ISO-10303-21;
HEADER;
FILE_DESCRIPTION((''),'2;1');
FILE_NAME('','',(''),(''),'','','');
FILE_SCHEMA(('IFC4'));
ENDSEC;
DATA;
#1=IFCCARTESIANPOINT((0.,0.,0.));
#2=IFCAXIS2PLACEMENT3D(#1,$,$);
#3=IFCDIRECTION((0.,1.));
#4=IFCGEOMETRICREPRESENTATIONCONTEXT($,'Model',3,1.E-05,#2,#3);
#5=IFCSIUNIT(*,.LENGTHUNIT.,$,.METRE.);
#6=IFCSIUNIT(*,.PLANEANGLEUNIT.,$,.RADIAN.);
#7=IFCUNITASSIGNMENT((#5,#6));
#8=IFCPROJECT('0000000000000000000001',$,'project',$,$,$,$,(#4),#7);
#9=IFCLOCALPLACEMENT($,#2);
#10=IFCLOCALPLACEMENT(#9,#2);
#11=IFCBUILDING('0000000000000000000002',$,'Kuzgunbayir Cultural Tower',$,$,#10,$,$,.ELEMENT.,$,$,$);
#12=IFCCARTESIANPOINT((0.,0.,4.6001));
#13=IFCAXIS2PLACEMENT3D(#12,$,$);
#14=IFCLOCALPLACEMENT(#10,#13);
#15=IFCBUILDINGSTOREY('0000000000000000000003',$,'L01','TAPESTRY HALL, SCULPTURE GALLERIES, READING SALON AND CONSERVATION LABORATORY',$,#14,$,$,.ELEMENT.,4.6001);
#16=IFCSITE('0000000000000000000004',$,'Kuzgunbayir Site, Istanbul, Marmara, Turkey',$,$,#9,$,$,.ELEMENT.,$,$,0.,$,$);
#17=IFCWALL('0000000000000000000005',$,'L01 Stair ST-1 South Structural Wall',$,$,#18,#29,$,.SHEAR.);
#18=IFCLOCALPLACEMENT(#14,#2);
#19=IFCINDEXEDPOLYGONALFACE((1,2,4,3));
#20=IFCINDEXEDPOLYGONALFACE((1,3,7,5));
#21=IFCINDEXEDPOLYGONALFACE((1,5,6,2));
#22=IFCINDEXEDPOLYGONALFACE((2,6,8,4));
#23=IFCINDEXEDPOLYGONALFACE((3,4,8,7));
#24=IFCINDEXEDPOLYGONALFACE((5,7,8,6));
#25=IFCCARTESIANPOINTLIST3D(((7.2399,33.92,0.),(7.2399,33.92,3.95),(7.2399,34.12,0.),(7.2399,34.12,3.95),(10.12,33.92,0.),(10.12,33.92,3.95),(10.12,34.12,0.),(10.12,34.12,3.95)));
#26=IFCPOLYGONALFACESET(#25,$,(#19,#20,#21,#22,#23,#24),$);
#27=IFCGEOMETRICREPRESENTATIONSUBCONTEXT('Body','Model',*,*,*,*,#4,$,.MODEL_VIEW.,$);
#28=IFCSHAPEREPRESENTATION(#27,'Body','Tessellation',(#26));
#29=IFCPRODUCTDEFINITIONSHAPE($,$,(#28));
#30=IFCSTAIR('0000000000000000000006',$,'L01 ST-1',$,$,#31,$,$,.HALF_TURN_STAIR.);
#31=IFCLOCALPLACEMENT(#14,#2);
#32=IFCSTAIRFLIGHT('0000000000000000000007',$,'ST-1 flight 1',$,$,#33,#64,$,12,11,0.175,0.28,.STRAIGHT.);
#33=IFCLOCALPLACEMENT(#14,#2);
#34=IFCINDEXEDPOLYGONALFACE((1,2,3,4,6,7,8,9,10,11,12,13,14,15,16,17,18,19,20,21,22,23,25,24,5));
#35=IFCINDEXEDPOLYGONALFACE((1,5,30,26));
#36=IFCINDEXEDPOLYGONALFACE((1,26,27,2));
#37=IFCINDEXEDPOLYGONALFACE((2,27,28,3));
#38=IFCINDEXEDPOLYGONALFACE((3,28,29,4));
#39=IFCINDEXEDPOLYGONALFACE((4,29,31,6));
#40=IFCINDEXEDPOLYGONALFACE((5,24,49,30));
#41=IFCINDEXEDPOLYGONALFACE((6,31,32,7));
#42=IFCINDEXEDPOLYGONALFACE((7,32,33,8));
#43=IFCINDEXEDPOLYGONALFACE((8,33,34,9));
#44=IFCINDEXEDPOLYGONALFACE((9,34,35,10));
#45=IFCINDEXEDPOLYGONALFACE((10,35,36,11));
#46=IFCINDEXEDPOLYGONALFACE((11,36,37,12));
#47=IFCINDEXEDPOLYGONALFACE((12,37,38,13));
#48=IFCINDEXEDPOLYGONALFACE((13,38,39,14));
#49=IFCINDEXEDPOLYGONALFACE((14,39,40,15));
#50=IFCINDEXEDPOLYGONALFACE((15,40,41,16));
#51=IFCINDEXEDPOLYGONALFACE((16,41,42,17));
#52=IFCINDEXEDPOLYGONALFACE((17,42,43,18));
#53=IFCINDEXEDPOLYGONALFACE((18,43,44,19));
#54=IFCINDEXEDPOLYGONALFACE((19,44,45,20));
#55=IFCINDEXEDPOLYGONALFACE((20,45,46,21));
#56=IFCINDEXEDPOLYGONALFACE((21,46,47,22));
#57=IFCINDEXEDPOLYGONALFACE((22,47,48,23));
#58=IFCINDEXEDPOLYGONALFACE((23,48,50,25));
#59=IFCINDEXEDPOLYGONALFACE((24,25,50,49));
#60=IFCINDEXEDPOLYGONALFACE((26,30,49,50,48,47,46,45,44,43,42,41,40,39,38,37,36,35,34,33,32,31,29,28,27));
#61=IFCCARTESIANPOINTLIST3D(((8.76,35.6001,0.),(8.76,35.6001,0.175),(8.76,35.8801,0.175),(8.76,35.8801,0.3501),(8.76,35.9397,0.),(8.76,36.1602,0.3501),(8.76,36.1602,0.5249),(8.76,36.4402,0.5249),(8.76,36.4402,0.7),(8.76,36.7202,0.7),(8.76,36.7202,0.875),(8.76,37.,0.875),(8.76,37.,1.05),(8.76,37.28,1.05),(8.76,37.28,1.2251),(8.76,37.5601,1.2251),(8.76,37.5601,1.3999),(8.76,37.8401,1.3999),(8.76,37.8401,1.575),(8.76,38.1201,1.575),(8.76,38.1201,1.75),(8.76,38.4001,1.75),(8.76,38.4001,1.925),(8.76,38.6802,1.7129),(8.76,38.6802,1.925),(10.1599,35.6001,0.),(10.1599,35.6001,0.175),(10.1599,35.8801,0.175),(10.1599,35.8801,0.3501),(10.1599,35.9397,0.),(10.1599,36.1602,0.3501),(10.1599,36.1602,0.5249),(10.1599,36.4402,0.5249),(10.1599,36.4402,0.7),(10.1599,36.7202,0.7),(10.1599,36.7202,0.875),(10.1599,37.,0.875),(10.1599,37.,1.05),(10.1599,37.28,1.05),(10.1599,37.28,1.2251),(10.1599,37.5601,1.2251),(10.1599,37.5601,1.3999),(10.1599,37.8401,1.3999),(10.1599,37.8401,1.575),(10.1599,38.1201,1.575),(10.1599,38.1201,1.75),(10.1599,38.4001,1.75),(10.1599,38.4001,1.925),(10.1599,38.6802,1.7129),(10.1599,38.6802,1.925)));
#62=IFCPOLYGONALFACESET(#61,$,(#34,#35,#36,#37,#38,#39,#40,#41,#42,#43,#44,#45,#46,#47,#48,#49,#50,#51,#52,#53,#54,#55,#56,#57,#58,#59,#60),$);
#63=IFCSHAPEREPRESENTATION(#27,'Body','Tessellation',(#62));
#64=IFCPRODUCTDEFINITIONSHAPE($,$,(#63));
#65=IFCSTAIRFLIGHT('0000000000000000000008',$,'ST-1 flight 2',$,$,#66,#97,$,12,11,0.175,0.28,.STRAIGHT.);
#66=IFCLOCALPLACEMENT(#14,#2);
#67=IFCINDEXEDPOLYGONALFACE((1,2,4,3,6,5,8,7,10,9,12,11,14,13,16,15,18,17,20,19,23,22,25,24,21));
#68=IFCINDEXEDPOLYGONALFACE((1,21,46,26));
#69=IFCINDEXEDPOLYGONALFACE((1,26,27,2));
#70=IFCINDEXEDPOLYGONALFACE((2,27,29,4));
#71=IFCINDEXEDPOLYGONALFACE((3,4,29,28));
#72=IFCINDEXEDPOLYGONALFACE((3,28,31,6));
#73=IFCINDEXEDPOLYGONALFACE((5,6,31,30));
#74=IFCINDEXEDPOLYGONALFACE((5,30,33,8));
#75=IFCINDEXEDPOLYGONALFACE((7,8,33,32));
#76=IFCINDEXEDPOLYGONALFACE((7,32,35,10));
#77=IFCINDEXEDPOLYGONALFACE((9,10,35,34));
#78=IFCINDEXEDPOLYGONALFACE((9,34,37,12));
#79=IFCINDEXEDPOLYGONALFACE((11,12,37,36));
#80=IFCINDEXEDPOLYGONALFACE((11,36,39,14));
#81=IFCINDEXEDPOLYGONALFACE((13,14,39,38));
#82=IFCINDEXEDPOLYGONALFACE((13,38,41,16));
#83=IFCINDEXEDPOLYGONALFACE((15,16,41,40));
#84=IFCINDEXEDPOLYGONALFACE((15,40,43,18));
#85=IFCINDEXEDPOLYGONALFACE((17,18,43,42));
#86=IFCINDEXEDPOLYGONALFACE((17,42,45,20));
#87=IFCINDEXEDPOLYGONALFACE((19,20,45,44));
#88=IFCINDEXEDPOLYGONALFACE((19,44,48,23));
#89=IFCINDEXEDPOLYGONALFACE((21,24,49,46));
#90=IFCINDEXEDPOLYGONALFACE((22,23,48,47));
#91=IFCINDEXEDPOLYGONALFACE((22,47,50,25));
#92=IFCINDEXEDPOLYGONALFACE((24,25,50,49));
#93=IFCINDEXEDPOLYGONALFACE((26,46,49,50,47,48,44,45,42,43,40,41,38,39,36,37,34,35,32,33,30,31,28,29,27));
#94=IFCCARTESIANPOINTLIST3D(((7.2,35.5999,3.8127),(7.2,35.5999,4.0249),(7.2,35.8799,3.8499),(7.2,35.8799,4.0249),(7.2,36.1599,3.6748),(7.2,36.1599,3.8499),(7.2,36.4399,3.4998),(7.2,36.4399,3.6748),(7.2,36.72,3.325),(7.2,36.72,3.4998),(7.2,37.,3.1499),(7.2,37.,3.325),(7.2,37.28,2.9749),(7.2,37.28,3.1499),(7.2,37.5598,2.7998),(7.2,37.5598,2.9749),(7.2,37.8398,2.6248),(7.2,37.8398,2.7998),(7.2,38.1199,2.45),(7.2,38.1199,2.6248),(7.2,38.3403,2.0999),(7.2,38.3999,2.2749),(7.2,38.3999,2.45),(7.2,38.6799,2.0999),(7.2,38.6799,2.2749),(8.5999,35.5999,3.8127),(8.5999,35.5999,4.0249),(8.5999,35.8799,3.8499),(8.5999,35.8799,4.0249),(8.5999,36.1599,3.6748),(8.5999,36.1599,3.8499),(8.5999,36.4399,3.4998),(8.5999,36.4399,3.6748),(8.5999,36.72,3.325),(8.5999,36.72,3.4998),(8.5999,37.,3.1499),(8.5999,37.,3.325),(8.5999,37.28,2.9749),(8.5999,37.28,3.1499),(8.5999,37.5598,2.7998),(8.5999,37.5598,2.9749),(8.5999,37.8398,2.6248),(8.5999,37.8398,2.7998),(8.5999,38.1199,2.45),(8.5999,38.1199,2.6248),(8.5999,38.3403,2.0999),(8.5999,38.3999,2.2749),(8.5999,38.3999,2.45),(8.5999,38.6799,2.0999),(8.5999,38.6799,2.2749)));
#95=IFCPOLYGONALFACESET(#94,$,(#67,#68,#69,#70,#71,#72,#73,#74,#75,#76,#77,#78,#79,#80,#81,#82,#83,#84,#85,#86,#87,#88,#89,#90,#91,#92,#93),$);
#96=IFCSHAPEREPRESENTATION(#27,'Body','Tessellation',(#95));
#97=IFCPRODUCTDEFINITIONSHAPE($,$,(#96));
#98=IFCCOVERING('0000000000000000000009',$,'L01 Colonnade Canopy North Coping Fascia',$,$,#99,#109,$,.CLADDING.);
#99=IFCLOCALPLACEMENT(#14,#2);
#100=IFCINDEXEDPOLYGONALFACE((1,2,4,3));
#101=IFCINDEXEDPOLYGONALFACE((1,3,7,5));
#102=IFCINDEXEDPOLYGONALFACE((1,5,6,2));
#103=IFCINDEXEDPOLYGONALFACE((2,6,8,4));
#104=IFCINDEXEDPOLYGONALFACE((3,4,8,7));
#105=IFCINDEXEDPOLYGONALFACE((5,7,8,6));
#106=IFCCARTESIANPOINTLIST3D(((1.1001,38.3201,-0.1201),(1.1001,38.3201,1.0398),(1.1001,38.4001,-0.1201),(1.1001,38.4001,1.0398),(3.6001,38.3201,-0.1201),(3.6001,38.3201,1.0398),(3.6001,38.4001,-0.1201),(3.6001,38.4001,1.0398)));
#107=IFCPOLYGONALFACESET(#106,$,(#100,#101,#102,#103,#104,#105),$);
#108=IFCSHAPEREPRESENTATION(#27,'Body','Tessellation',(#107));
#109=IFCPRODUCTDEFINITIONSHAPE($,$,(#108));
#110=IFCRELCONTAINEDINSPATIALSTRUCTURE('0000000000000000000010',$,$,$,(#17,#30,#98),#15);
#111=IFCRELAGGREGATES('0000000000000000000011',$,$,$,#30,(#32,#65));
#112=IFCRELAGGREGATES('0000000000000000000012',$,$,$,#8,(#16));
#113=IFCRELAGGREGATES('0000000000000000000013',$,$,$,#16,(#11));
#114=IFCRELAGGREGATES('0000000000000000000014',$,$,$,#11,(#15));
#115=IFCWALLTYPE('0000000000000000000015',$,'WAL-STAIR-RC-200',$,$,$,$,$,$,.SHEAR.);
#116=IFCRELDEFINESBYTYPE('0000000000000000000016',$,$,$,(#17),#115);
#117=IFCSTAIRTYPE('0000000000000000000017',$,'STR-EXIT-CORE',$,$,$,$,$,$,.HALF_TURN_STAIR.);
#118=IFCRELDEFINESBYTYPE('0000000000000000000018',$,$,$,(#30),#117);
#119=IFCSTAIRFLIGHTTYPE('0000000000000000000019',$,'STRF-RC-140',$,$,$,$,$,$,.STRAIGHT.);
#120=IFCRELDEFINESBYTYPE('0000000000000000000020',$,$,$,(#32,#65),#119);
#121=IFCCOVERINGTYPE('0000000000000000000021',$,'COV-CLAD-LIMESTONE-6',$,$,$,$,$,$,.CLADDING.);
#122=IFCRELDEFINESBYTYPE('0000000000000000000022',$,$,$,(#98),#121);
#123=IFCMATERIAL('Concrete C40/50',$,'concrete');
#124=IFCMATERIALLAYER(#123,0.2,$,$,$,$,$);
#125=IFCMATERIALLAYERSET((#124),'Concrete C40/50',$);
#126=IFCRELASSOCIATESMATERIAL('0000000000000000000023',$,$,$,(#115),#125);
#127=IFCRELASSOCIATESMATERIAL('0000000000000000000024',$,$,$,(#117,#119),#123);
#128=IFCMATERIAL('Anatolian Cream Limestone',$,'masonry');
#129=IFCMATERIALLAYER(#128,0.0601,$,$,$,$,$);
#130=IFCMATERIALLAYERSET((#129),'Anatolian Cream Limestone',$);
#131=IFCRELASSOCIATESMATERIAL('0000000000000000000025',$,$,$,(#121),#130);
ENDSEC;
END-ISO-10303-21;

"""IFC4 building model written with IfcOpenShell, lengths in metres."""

from ifc_helpers import new_model, si_unit, direction, frame, frame_2d, origin, origin_2d, place, context, subcontext, project, spatial, polyline, rectangle, outline, extrude, material, layer, layer_set, type_object, element, aggregate, save


model = new_model("IFC4")

# Units and contexts
model_context = context("Model", 3, precision=1e-05, world=origin(), true_north=direction((0.0, 1.0)))
body_context = subcontext(model_context, "Body", "Model", "MODEL_VIEW")
ifc_project = project(units=[si_unit("LENGTHUNIT", "METRE"), si_unit("PLANEANGLEUNIT", "RADIAN")], contexts=[model_context])

# Site, building, storey
site_placement = place(None, origin())
site = spatial("IfcSite", under=ifc_project, at=site_placement, Name="Kuzgunbayir Site, Istanbul, Marmara, Turkey", CompositionType="ELEMENT", RefElevation=0.0)
building_placement = place(site_placement, origin())
building = spatial("IfcBuilding", under=site, at=building_placement, Name="Kuzgunbayir Cultural Tower", CompositionType="ELEMENT")
storey_placement = place(building_placement, frame((0.0, 0.0, 4.6001)))
storey = spatial("IfcBuildingStorey", under=building, at=storey_placement, Name="L01", Description="TAPESTRY HALL, SCULPTURE GALLERIES, READING SALON AND CONSERVATION LABORATORY", CompositionType="ELEMENT", Elevation=4.6001)

# Shared definitions
ifc_material_1 = material(Name="Anatolian Cream Limestone", Category="masonry")

# Shared definitions
ifc_material_2 = material(Name="Concrete C40/50", Category="concrete")

# Shared definitions
ifc_layer_1 = layer(ifc_material_2, 0.2)
ifc_layer_set_1 = layer_set([ifc_layer_1], Name="Concrete C40/50")
wall_type_1 = type_object("IfcWallType", Name="WAL-STAIR-RC-200", PredefinedType="SHEAR", material=ifc_layer_set_1)

# Wall
wall_1_placement = place(storey_placement, frame((7.24, 34.02, 0.0), z_axis=(0.0, 0.0, 1.0), x_axis=(1.0, 0.0, 0.0)))
element("IfcWall", 1, at=wall_1_placement, inside=storey, type_object=wall_type_1, Name="L01 Stair ST-1 South Structural Wall", PredefinedType="SHEAR", context=body_context, shape_type="SweptSolid", body=[
    extrude(rectangle(XDim=2.8801, YDim=0.2, at=frame_2d((1.4399, 0.0))), origin(), (0.0, 0.0, 1.0), 3.95),
])

# Stair, stair flights
stair_type = type_object("IfcStairType", Name="STR-EXIT-CORE", PredefinedType="HALF_TURN_STAIR", material=ifc_material_2)
stair_placement = place(storey_placement, origin())
stair = element("IfcStair", 2, at=stair_placement, inside=storey, type_object=stair_type, Name="L01 ST-1", PredefinedType="HALF_TURN_STAIR")
stair_flight_type = type_object("IfcStairFlightType", Name="STRF-RC-140", PredefinedType="STRAIGHT", material=ifc_material_2)
stair_flight_1_placement = place(storey_placement, frame((9.46, 35.6001, 0.0), z_axis=(0.0, 0.0, 1.0), x_axis=(0.0, 1.0, 0.0)))
stair_flight_1 = element("IfcStairFlight", 3, at=stair_flight_1_placement, type_object=stair_flight_type, Name="ST-1 flight 1", NumberOfRisers=12, NumberOfTreads=11, PredefinedType="STRAIGHT", RiserHeight=0.175, TreadLength=0.28, context=body_context, shape_type="SweptSolid", body=[
    extrude(outline(polyline([(0.0, 0.0), (0.0, 0.175), (0.28, 0.175), (0.28, 0.3501), (0.5601, 0.3501), (0.5601, 0.5249), (0.8401, 0.5249), (0.8401, 0.7), (1.1201, 0.7), (1.1201, 0.875), (1.3999, 0.875), (1.3999, 1.05), (1.6799, 1.05), (1.6799, 1.2251), (1.96, 1.2251), (1.96, 1.3999), (2.24, 1.3999), (2.24, 1.575), (2.52, 1.575), (2.52, 1.75), (2.8, 1.75), (2.8, 1.925), (3.0801, 1.925), (3.0801, 2.1001), (3.0801, 1.7129), (0.3396, 0.0), (0.0, 0.0)])), frame((0.0, 0.7, 0.0), z_axis=(0.0, -1.0, 0.0), x_axis=(1.0, 0.0, 0.0)), (0.0, 0.0, 1.0), 1.3999),
])
stair_flight_2_placement = place(storey_placement, frame((7.8999, 38.6799, 2.0999), z_axis=(0.0, 0.0, 1.0), x_axis=(0.0, -1.0, 0.0)))
stair_flight_2 = element("IfcStairFlight", 4, at=stair_flight_2_placement, type_object=stair_flight_type, Name="ST-1 flight 2", NumberOfRisers=12, NumberOfTreads=11, PredefinedType="STRAIGHT", RiserHeight=0.175, TreadLength=0.28, context=body_context, shape_type="SweptSolid", body=[
    extrude(outline(polyline([(0.0, 0.0), (0.0, 0.175), (0.28, 0.175), (0.28, 0.3501), (0.5601, 0.3501), (0.5601, 0.5249), (0.8401, 0.5249), (0.8401, 0.7), (1.1201, 0.7), (1.1201, 0.875), (1.3999, 0.875), (1.3999, 1.05), (1.6799, 1.05), (1.6799, 1.2251), (1.96, 1.2251), (1.96, 1.3999), (2.24, 1.3999), (2.24, 1.575), (2.52, 1.575), (2.52, 1.75), (2.8, 1.75), (2.8, 1.925), (3.0801, 1.925), (3.0801, 2.1001), (3.0801, 1.7129), (0.3396, 0.0), (0.0, 0.0)])), frame((0.0, 0.7, 0.0), z_axis=(0.0, -1.0, 0.0), x_axis=(1.0, 0.0, 0.0)), (0.0, 0.0, 1.0), 1.3999),
])
aggregate(stair, [stair_flight_1, stair_flight_2])

# Covering
ifc_layer_2 = layer(ifc_material_1, 0.0601)
ifc_layer_set_2 = layer_set([ifc_layer_2], Name="Anatolian Cream Limestone")
covering_type = type_object("IfcCoveringType", Name="COV-CLAD-LIMESTONE-6", PredefinedType="CLADDING", material=ifc_layer_set_2)
covering_placement = place(storey_placement, frame((2.3501, 38.3601, -0.1201), z_axis=(0.0, 0.0, 1.0), x_axis=(1.0, 0.0, 0.0)))
element("IfcCovering", 5, at=covering_placement, inside=storey, type_object=covering_type, Name="L01 Colonnade Canopy North Coping Fascia", PredefinedType="CLADDING", context=body_context, shape_type="SweptSolid", body=[
    extrude(rectangle(XDim=2.5, YDim=0.0801, at=origin_2d()), origin(), (0.0, 0.0, 1.0), 1.1599),
])

save(model, "model.ifc")
